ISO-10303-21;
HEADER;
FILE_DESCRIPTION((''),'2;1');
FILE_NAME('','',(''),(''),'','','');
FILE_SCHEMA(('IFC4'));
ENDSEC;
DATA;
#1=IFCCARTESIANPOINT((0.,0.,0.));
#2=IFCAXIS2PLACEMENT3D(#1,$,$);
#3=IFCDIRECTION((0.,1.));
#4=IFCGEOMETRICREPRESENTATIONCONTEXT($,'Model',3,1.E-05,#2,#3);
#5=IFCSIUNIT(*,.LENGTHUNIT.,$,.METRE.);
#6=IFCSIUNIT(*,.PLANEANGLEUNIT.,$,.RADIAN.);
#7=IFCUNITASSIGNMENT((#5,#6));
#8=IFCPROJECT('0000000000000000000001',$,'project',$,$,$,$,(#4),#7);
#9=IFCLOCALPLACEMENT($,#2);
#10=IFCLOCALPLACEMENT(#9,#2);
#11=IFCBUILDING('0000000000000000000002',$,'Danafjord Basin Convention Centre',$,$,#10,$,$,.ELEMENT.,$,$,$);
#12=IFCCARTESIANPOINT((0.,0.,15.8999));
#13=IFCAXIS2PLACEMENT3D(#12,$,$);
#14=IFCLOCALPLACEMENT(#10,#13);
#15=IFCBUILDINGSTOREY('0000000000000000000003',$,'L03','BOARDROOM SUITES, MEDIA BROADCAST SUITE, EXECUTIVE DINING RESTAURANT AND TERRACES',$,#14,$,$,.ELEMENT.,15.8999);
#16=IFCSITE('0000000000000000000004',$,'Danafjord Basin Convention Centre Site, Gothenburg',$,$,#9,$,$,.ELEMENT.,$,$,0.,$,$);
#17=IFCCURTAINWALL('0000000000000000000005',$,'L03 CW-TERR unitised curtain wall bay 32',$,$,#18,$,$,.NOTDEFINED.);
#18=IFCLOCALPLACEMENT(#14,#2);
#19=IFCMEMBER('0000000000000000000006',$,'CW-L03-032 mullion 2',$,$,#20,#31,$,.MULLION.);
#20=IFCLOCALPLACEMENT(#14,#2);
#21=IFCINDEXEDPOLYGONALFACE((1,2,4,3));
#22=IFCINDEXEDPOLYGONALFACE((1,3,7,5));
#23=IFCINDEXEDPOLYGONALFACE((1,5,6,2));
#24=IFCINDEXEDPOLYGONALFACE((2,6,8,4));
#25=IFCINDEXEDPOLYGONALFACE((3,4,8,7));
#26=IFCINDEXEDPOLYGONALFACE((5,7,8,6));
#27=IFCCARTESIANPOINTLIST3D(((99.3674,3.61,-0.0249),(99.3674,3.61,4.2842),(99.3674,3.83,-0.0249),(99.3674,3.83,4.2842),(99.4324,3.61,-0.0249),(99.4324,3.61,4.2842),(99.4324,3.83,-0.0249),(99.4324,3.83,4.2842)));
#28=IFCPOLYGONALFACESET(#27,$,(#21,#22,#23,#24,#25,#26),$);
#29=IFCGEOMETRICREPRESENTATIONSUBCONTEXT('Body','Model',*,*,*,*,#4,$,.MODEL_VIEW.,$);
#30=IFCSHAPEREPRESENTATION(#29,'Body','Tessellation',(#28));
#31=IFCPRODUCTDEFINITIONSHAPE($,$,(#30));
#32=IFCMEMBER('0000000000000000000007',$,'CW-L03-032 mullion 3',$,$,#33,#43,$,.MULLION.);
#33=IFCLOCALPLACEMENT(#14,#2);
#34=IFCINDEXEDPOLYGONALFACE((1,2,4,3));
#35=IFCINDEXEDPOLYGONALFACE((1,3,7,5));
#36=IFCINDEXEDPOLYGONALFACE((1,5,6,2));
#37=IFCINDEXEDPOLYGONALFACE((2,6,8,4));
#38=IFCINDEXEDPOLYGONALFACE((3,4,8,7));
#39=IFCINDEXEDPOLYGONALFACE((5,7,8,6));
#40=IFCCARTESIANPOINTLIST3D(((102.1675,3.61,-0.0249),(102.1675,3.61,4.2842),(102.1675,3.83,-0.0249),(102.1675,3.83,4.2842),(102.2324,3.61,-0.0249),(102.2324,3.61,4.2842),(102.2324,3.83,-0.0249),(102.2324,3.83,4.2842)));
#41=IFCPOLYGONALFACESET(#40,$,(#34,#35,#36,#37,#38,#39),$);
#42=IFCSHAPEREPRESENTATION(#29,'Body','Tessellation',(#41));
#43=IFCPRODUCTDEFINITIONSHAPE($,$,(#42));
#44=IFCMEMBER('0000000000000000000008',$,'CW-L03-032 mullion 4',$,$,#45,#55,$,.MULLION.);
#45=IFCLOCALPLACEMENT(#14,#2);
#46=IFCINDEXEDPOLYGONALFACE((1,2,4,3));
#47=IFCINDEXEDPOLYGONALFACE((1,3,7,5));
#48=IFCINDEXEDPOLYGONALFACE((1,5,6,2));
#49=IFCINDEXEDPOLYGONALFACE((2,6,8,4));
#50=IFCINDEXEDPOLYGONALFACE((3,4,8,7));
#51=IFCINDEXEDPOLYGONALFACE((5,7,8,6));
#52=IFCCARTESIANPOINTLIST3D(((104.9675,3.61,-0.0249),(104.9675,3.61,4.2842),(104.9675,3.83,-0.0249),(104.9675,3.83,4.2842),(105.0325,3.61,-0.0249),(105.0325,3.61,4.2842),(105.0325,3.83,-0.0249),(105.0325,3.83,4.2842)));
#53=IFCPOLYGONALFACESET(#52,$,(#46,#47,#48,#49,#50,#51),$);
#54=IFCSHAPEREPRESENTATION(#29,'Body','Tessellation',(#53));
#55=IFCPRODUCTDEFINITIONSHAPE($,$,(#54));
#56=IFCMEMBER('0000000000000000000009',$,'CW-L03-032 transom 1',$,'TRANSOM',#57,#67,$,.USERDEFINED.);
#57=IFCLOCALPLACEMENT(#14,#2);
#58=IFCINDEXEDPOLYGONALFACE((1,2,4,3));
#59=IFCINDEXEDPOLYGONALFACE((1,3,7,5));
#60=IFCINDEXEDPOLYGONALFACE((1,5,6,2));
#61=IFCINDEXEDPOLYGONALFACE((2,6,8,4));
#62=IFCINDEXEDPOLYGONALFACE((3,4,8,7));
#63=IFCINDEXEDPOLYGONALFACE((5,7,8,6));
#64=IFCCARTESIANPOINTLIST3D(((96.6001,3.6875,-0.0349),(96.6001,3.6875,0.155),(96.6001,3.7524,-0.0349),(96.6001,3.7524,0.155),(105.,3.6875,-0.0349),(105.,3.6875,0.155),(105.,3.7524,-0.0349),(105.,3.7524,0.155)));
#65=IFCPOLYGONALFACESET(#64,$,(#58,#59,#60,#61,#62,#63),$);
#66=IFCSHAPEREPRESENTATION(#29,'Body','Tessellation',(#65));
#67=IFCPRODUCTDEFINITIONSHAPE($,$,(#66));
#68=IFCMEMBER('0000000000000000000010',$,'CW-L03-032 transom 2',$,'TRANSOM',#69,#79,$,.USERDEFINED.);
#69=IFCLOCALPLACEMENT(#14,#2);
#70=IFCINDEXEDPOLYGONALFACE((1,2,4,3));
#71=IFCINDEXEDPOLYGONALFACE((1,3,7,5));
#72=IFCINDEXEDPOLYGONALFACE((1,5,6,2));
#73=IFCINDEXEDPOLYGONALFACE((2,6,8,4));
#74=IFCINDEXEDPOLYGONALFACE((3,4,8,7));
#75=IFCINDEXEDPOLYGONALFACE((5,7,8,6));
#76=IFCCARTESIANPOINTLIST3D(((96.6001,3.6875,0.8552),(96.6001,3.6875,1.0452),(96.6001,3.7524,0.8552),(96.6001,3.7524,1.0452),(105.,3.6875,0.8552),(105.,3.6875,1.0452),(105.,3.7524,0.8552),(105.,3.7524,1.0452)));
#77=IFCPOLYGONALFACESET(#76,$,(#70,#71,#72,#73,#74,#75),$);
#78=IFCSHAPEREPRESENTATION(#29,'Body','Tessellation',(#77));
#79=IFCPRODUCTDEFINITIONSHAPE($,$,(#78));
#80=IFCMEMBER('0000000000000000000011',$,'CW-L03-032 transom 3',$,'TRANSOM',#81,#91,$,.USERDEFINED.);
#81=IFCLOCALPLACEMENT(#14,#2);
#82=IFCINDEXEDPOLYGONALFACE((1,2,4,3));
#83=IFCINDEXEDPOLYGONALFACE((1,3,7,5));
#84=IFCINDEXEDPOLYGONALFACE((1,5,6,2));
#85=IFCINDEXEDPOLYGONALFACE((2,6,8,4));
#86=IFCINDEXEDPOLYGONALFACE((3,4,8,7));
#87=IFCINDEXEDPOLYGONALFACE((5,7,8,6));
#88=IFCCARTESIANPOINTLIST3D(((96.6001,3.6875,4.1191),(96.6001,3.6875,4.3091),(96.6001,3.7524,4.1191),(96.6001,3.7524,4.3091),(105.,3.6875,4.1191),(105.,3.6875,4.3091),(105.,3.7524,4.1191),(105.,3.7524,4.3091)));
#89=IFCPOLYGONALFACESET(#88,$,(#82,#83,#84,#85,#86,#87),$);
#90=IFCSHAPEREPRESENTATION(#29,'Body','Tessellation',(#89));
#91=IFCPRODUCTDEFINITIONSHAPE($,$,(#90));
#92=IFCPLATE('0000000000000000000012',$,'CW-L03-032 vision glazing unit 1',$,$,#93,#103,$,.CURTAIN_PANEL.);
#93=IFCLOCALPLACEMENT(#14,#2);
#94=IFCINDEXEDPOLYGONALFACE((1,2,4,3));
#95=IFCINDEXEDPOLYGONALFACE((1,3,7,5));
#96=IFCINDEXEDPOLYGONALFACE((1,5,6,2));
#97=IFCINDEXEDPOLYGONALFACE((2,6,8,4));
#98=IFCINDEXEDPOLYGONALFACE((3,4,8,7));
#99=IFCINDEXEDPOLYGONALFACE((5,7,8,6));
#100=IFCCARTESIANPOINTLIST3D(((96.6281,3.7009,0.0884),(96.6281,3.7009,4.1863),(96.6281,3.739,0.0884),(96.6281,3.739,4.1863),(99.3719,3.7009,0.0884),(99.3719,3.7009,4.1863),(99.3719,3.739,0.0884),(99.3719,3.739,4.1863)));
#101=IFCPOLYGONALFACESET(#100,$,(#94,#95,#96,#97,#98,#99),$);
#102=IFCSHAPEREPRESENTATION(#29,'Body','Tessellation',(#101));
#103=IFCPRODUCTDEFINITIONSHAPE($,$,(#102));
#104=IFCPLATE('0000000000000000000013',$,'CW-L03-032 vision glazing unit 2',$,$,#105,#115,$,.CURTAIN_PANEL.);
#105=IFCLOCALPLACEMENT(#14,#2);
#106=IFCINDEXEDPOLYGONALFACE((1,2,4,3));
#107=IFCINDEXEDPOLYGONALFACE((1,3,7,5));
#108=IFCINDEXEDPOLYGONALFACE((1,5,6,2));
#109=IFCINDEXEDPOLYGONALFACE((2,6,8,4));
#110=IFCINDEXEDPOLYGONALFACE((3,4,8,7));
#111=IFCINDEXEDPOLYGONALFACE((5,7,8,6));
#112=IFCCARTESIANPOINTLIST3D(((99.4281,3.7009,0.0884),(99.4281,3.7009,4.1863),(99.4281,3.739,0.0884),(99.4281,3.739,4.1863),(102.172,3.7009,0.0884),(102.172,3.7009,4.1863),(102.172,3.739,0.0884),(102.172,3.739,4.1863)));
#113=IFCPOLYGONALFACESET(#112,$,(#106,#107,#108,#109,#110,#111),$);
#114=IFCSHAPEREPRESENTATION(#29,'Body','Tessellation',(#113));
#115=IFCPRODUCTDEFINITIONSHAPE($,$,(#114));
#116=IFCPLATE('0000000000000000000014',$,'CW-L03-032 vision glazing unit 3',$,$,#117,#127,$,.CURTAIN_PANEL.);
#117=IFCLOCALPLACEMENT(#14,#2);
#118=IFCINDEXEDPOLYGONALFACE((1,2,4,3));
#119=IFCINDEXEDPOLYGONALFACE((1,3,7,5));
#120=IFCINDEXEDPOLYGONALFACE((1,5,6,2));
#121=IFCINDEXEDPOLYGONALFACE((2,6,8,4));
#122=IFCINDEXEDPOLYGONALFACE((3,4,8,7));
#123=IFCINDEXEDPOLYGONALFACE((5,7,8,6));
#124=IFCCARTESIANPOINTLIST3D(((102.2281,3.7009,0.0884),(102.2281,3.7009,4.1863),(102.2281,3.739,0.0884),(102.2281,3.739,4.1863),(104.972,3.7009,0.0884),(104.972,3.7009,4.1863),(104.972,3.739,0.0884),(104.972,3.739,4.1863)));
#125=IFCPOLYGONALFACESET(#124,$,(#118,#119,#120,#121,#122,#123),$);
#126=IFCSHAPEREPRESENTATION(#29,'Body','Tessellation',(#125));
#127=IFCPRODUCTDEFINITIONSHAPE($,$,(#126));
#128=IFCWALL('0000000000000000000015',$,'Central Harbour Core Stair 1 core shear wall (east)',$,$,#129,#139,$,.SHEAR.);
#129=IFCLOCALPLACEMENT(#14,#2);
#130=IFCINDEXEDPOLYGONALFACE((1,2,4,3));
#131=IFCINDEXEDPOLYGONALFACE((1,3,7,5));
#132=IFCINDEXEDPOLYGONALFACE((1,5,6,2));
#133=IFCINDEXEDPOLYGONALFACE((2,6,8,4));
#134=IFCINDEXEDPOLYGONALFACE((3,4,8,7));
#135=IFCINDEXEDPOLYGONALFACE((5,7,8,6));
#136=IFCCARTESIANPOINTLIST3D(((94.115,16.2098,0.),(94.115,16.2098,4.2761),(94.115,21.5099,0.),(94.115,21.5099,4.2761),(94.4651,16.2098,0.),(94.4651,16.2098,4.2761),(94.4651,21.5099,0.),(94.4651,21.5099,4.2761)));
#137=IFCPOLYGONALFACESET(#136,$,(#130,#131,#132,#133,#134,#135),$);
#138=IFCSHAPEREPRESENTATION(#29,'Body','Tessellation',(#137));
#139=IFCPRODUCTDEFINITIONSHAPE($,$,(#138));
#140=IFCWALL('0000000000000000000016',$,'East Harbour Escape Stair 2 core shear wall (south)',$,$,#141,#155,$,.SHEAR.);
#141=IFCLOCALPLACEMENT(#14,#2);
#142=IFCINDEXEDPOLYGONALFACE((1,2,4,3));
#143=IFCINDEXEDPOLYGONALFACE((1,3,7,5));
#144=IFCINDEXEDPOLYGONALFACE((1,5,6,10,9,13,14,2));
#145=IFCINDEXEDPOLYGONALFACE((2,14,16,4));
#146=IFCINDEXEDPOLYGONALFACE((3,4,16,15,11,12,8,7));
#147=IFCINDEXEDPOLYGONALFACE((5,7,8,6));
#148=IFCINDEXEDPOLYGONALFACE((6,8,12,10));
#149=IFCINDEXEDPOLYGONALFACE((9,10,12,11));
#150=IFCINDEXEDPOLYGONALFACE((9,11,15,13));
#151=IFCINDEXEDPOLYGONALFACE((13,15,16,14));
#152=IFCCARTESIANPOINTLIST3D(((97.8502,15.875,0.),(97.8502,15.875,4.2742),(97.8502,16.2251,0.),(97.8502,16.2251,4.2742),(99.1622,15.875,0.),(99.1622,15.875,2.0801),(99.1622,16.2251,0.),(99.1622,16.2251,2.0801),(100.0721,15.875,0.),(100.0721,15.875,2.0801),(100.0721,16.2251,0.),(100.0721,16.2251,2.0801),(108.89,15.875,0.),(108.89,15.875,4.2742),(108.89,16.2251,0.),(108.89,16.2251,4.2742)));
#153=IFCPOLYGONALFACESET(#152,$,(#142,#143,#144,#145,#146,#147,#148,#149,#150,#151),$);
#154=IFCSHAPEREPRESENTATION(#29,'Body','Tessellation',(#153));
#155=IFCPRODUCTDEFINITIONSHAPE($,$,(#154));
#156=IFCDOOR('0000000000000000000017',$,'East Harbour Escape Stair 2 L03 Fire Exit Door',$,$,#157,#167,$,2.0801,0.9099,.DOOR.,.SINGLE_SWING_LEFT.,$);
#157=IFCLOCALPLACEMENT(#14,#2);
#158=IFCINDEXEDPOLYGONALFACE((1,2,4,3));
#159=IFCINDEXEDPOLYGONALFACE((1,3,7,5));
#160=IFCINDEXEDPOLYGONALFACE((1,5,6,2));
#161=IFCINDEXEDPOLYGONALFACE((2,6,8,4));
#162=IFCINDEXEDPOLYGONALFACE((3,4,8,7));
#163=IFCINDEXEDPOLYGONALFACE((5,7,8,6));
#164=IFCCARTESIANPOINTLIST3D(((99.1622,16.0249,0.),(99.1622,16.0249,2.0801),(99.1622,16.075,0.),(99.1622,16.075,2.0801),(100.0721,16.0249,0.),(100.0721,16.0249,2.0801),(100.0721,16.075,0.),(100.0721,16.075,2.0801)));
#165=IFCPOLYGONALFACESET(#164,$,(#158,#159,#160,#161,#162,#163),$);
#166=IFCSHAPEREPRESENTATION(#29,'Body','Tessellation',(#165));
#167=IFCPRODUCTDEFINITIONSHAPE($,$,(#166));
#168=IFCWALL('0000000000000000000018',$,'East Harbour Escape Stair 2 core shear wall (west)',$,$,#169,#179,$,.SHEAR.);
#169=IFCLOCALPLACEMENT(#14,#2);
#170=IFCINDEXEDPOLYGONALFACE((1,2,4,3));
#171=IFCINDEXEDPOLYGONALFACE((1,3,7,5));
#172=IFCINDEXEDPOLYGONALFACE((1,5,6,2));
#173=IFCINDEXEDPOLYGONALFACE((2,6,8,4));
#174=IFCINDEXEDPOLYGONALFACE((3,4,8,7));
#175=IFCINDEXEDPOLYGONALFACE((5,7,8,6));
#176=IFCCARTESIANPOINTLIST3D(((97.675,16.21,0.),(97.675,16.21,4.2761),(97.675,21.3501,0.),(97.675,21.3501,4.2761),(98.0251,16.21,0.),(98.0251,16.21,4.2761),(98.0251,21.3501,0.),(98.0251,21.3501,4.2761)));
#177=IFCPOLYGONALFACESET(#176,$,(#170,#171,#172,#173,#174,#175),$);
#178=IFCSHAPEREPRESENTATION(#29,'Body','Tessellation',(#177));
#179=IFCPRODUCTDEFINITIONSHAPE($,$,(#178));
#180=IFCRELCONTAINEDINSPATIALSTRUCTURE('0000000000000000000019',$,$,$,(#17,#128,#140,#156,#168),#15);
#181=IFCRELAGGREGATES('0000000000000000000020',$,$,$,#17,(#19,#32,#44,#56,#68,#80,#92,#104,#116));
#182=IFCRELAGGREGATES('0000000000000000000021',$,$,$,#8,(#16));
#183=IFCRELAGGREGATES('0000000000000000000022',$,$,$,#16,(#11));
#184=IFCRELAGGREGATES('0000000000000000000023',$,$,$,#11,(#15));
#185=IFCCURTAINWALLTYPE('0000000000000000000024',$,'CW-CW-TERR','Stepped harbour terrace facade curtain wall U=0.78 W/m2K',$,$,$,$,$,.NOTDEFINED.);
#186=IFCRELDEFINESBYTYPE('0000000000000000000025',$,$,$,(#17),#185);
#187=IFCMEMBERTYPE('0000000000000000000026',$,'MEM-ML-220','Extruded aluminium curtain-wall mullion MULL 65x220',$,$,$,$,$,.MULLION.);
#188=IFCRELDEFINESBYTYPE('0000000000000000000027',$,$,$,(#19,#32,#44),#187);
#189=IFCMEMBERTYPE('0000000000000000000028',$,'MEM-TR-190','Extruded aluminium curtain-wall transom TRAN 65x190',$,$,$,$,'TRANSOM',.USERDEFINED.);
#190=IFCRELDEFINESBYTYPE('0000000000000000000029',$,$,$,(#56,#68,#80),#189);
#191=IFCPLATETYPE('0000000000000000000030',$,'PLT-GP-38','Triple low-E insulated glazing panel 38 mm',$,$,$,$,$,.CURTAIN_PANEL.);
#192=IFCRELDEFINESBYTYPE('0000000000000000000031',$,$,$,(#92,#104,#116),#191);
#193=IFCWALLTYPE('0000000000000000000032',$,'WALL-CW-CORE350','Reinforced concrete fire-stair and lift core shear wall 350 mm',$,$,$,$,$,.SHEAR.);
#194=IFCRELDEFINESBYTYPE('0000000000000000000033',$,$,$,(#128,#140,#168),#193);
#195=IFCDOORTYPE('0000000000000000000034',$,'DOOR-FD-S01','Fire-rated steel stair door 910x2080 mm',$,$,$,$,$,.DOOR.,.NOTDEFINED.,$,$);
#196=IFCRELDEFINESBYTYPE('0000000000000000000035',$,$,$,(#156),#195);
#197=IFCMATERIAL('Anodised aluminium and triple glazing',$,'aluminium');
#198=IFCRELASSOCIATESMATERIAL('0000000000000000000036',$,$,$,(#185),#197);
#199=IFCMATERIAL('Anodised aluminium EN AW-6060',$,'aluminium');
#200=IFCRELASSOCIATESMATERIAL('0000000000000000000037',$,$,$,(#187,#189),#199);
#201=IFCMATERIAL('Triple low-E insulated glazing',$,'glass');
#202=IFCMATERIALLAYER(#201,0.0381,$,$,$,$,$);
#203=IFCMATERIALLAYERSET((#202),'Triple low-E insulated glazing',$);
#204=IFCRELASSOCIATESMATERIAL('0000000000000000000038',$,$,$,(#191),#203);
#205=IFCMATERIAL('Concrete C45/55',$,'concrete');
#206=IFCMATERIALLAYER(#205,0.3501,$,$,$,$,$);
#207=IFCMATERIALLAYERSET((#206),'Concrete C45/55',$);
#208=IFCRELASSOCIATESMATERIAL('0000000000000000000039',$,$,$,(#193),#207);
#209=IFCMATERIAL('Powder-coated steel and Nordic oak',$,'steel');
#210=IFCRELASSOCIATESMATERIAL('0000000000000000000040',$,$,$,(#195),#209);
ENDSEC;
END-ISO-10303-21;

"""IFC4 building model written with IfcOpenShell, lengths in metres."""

from ifc_helpers import new_model, si_unit, direction, frame, frame_2d, origin, origin_2d, place, context, subcontext, project, spatial, rectangle, extrude, material, layer, layer_set, material_profile, profile_set, type_object, element, fill, aggregate, save


model = new_model("IFC4")

# Units and contexts
model_context = context("Model", 3, precision=1e-05, world=origin(), true_north=direction((0.0, 1.0)))
body_context = subcontext(model_context, "Body", "Model", "MODEL_VIEW")
ifc_project = project(units=[si_unit("LENGTHUNIT", "METRE"), si_unit("PLANEANGLEUNIT", "RADIAN")], contexts=[model_context])

# Site, building, storey
site_placement = place(None, origin())
site = spatial("IfcSite", under=ifc_project, at=site_placement, Name="Danafjord Basin Convention Centre Site, Gothenburg", CompositionType="ELEMENT", RefElevation=0.0)
building_placement = place(site_placement, origin())
building = spatial("IfcBuilding", under=site, at=building_placement, Name="Danafjord Basin Convention Centre", CompositionType="ELEMENT")
storey_placement = place(building_placement, frame((0.0, 0.0, 15.8999)))
storey = spatial("IfcBuildingStorey", under=building, at=storey_placement, Name="L03", Description="BOARDROOM SUITES, MEDIA BROADCAST SUITE, EXECUTIVE DINING RESTAURANT AND TERRACES", CompositionType="ELEMENT", Elevation=15.8999)

# Curtain wall, members, plates
ifc_material_1 = material(Name="Anodised aluminium and triple glazing", Category="aluminium")
curtain_wall_type = type_object("IfcCurtainWallType", Name="CW-CW-TERR", Description="Stepped harbour terrace facade curtain wall U=0.78 W/m2K", PredefinedType="NOTDEFINED", material=ifc_material_1)
curtain_wall_placement = place(storey_placement, origin())
curtain_wall = element("IfcCurtainWall", 1, at=curtain_wall_placement, inside=storey, type_object=curtain_wall_type, Name="L03 CW-TERR unitised curtain wall bay 32", PredefinedType="NOTDEFINED")
ifc_material_2 = material(Name="Anodised aluminium EN AW-6060", Category="aluminium")
ifc_material_profile_1 = material_profile(ifc_material_2, rectangle(XDim=0.0649, YDim=0.22, at=origin_2d()), Name="MULL 65x220")
ifc_profile_set_1 = profile_set([ifc_material_profile_1], Name="Anodised aluminium EN AW-6060")
member_type_1 = type_object("IfcMemberType", Name="MEM-ML-220", Description="Extruded aluminium curtain-wall mullion MULL 65x220", PredefinedType="MULLION", material=ifc_profile_set_1)
member_1_placement = place(storey_placement, frame((99.3999, 3.72, -0.0249), z_axis=(0.0, 0.0, 1.0), x_axis=(1.0, 0.0, 0.0)))
member_1 = element("IfcMember", 2, at=member_1_placement, type_object=member_type_1, Name="CW-L03-032 mullion 2", PredefinedType="MULLION", context=body_context, shape_type="SweptSolid", body=[
    extrude(rectangle(XDim=0.0649, YDim=0.22, at=origin_2d()), origin(), (0.0, 0.0, 1.0), 4.3091),
])
member_2_placement = place(storey_placement, frame((102.2, 3.72, -0.0249), z_axis=(0.0, 0.0, 1.0), x_axis=(1.0, 0.0, 0.0)))
member_2 = element("IfcMember", 3, at=member_2_placement, type_object=member_type_1, Name="CW-L03-032 mullion 3", PredefinedType="MULLION", context=body_context, shape_type="SweptSolid", body=[
    extrude(rectangle(XDim=0.0649, YDim=0.22, at=origin_2d()), origin(), (0.0, 0.0, 1.0), 4.3091),
])
member_3_placement = place(storey_placement, frame((105.0, 3.72, -0.0249), z_axis=(0.0, 0.0, 1.0), x_axis=(1.0, 0.0, 0.0)))
member_3 = element("IfcMember", 4, at=member_3_placement, type_object=member_type_1, Name="CW-L03-032 mullion 4", PredefinedType="MULLION", context=body_context, shape_type="SweptSolid", body=[
    extrude(rectangle(XDim=0.0649, YDim=0.22, at=origin_2d()), origin(), (0.0, 0.0, 1.0), 4.3091),
])
ifc_material_profile_2 = material_profile(ifc_material_2, rectangle(XDim=0.0649, YDim=0.1899, at=origin_2d()), Name="TRAN 65x190")
ifc_profile_set_2 = profile_set([ifc_material_profile_2], Name="Anodised aluminium EN AW-6060")
member_type_2 = type_object("IfcMemberType", Name="MEM-TR-190", Description="Extruded aluminium curtain-wall transom TRAN 65x190", ElementType="TRANSOM", PredefinedType="USERDEFINED", material=ifc_profile_set_2)
member_4_placement = place(storey_placement, frame((96.6001, 3.72, 0.0601), z_axis=(1.0, 0.0, 0.0), x_axis=(0.0, 1.0, 0.0)))
member_4 = element("IfcMember", 5, at=member_4_placement, type_object=member_type_2, Name="CW-L03-032 transom 1", ObjectType="TRANSOM", PredefinedType="USERDEFINED", context=body_context, shape_type="SweptSolid", body=[
    extrude(rectangle(XDim=0.0649, YDim=0.1899, at=origin_2d()), origin(), (0.0, 0.0, 1.0), 8.3999),
])
member_5_placement = place(storey_placement, frame((96.6001, 3.72, 0.9502), z_axis=(1.0, 0.0, 0.0), x_axis=(0.0, 1.0, 0.0)))
member_5 = element("IfcMember", 6, at=member_5_placement, type_object=member_type_2, Name="CW-L03-032 transom 2", ObjectType="TRANSOM", PredefinedType="USERDEFINED", context=body_context, shape_type="SweptSolid", body=[
    extrude(rectangle(XDim=0.0649, YDim=0.1899, at=origin_2d()), origin(), (0.0, 0.0, 1.0), 8.3999),
])
member_6_placement = place(storey_placement, frame((96.6001, 3.72, 4.2141), z_axis=(1.0, 0.0, 0.0), x_axis=(0.0, 1.0, 0.0)))
member_6 = element("IfcMember", 7, at=member_6_placement, type_object=member_type_2, Name="CW-L03-032 transom 3", ObjectType="TRANSOM", PredefinedType="USERDEFINED", context=body_context, shape_type="SweptSolid", body=[
    extrude(rectangle(XDim=0.0649, YDim=0.1899, at=origin_2d()), origin(), (0.0, 0.0, 1.0), 8.3999),
])
ifc_material_3 = material(Name="Triple low-E insulated glazing", Category="glass")
ifc_layer_1 = layer(ifc_material_3, 0.0381)
ifc_layer_set_1 = layer_set([ifc_layer_1], Name="Triple low-E insulated glazing")
plate_type = type_object("IfcPlateType", Name="PLT-GP-38", Description="Triple low-E insulated glazing panel 38 mm", PredefinedType="CURTAIN_PANEL", material=ifc_layer_set_1)
plate_1_placement = place(storey_placement, frame((98.0, 3.72, 0.0884), z_axis=(0.0, 0.0, 1.0), x_axis=(1.0, 0.0, 0.0)))
plate_1 = element("IfcPlate", 8, at=plate_1_placement, type_object=plate_type, Name="CW-L03-032 vision glazing unit 1", PredefinedType="CURTAIN_PANEL", context=body_context, shape_type="SweptSolid", body=[
    extrude(rectangle(XDim=2.7439, YDim=0.0381, at=origin_2d()), origin(), (0.0, 0.0, 1.0), 4.0979),
])
plate_2_placement = place(storey_placement, frame((100.8, 3.72, 0.0884), z_axis=(0.0, 0.0, 1.0), x_axis=(1.0, 0.0, 0.0)))
plate_2 = element("IfcPlate", 9, at=plate_2_placement, type_object=plate_type, Name="CW-L03-032 vision glazing unit 2", PredefinedType="CURTAIN_PANEL", context=body_context, shape_type="SweptSolid", body=[
    extrude(rectangle(XDim=2.7439, YDim=0.0381, at=origin_2d()), origin(), (0.0, 0.0, 1.0), 4.0979),
])
plate_3_placement = place(storey_placement, frame((103.6001, 3.72, 0.0884), z_axis=(0.0, 0.0, 1.0), x_axis=(1.0, 0.0, 0.0)))
plate_3 = element("IfcPlate", 10, at=plate_3_placement, type_object=plate_type, Name="CW-L03-032 vision glazing unit 3", PredefinedType="CURTAIN_PANEL", context=body_context, shape_type="SweptSolid", body=[
    extrude(rectangle(XDim=2.7439, YDim=0.0381, at=origin_2d()), origin(), (0.0, 0.0, 1.0), 4.0979),
])
aggregate(curtain_wall, [member_1, member_2, member_3, member_4, member_5, member_6, plate_1, plate_2, plate_3])

# Wall
ifc_material_4 = material(Name="Concrete C45/55", Category="concrete")
ifc_layer_2 = layer(ifc_material_4, 0.3501)
ifc_layer_set_2 = layer_set([ifc_layer_2], Name="Concrete C45/55")
wall_type = type_object("IfcWallType", Name="WALL-CW-CORE350", Description="Reinforced concrete fire-stair and lift core shear wall 350 mm", PredefinedType="SHEAR", material=ifc_layer_set_2)
wall_1_placement = place(storey_placement, frame((94.29, 16.21, 0.0), z_axis=(0.0, 0.0, 1.0), x_axis=(0.0, 1.0, 0.0)))
element("IfcWall", 11, at=wall_1_placement, inside=storey, type_object=wall_type, Name="Central Harbour Core Stair 1 core shear wall (east)", PredefinedType="SHEAR", context=body_context, shape_type="SweptSolid", body=[
    extrude(rectangle(XDim=5.3, YDim=0.3501, at=frame_2d((2.6499, 0.0))), origin(), (0.0, 0.0, 1.0), 4.2761),
])

# Wall, opening, door
wall_2_placement = place(storey_placement, frame((97.8501, 16.05, 0.0), z_axis=(0.0, 0.0, 1.0), x_axis=(1.0, 0.0, 0.0)))
wall_2 = element("IfcWall", 12, at=wall_2_placement, inside=storey, type_object=wall_type, Name="East Harbour Escape Stair 2 core shear wall (south)", PredefinedType="SHEAR", context=body_context, shape_type="SweptSolid", body=[
    extrude(rectangle(XDim=11.0398, YDim=0.3501, at=frame_2d((5.52, 0.0))), origin(), (0.0, 0.0, 1.0), 4.2742),
])
opening_placement = place(wall_2_placement, frame((1.312, 0.0, 0.0)))
opening = element("IfcOpeningElement", 13, at=opening_placement, cuts=wall_2, PredefinedType="OPENING", context=body_context, shape_type="SweptSolid", body=[
    extrude(rectangle(XDim=0.9099, YDim=2.0801, at=frame_2d((0.4551, 1.04))), frame((0.0, 0.1851, 0.0), z_axis=(0.0, -1.0, 0.0), x_axis=(1.0, 0.0, 0.0)), (0.0, 0.0, 1.0), 0.3701),
])
ifc_material_5 = material(Name="Powder-coated steel and Nordic oak", Category="steel")
door_type = type_object("IfcDoorType", Name="DOOR-FD-S01", Description="Fire-rated steel stair door 910x2080 mm", OperationType="NOTDEFINED", PredefinedType="DOOR", material=ifc_material_5)
door_placement = place(opening_placement, origin())
door = element("IfcDoor", 14, at=door_placement, inside=storey, type_object=door_type, Name="East Harbour Escape Stair 2 L03 Fire Exit Door", OperationType="SINGLE_SWING_LEFT", OverallHeight=2.0801, OverallWidth=0.9099, PredefinedType="DOOR", context=body_context, shape_type="SweptSolid", body=[
    extrude(rectangle(XDim=0.9099, YDim=2.0801, at=frame_2d((0.4551, 1.04))), frame((0.0, 0.0249, 0.0), z_axis=(0.0, -1.0, 0.0), x_axis=(1.0, 0.0, 0.0)), (0.0, 0.0, 1.0), 0.05),
])
fill(opening, door)

# Wall
wall_3_placement = place(storey_placement, frame((97.8501, 21.3501, 0.0), z_axis=(0.0, 0.0, 1.0), x_axis=(0.0, -1.0, 0.0)))
element("IfcWall", 15, at=wall_3_placement, inside=storey, type_object=wall_type, Name="East Harbour Escape Stair 2 core shear wall (west)", PredefinedType="SHEAR", context=body_context, shape_type="SweptSolid", body=[
    extrude(rectangle(XDim=5.1401, YDim=0.3501, at=frame_2d((2.5701, 0.0))), origin(), (0.0, 0.0, 1.0), 4.2761),
])

save(model, "model.ifc")
